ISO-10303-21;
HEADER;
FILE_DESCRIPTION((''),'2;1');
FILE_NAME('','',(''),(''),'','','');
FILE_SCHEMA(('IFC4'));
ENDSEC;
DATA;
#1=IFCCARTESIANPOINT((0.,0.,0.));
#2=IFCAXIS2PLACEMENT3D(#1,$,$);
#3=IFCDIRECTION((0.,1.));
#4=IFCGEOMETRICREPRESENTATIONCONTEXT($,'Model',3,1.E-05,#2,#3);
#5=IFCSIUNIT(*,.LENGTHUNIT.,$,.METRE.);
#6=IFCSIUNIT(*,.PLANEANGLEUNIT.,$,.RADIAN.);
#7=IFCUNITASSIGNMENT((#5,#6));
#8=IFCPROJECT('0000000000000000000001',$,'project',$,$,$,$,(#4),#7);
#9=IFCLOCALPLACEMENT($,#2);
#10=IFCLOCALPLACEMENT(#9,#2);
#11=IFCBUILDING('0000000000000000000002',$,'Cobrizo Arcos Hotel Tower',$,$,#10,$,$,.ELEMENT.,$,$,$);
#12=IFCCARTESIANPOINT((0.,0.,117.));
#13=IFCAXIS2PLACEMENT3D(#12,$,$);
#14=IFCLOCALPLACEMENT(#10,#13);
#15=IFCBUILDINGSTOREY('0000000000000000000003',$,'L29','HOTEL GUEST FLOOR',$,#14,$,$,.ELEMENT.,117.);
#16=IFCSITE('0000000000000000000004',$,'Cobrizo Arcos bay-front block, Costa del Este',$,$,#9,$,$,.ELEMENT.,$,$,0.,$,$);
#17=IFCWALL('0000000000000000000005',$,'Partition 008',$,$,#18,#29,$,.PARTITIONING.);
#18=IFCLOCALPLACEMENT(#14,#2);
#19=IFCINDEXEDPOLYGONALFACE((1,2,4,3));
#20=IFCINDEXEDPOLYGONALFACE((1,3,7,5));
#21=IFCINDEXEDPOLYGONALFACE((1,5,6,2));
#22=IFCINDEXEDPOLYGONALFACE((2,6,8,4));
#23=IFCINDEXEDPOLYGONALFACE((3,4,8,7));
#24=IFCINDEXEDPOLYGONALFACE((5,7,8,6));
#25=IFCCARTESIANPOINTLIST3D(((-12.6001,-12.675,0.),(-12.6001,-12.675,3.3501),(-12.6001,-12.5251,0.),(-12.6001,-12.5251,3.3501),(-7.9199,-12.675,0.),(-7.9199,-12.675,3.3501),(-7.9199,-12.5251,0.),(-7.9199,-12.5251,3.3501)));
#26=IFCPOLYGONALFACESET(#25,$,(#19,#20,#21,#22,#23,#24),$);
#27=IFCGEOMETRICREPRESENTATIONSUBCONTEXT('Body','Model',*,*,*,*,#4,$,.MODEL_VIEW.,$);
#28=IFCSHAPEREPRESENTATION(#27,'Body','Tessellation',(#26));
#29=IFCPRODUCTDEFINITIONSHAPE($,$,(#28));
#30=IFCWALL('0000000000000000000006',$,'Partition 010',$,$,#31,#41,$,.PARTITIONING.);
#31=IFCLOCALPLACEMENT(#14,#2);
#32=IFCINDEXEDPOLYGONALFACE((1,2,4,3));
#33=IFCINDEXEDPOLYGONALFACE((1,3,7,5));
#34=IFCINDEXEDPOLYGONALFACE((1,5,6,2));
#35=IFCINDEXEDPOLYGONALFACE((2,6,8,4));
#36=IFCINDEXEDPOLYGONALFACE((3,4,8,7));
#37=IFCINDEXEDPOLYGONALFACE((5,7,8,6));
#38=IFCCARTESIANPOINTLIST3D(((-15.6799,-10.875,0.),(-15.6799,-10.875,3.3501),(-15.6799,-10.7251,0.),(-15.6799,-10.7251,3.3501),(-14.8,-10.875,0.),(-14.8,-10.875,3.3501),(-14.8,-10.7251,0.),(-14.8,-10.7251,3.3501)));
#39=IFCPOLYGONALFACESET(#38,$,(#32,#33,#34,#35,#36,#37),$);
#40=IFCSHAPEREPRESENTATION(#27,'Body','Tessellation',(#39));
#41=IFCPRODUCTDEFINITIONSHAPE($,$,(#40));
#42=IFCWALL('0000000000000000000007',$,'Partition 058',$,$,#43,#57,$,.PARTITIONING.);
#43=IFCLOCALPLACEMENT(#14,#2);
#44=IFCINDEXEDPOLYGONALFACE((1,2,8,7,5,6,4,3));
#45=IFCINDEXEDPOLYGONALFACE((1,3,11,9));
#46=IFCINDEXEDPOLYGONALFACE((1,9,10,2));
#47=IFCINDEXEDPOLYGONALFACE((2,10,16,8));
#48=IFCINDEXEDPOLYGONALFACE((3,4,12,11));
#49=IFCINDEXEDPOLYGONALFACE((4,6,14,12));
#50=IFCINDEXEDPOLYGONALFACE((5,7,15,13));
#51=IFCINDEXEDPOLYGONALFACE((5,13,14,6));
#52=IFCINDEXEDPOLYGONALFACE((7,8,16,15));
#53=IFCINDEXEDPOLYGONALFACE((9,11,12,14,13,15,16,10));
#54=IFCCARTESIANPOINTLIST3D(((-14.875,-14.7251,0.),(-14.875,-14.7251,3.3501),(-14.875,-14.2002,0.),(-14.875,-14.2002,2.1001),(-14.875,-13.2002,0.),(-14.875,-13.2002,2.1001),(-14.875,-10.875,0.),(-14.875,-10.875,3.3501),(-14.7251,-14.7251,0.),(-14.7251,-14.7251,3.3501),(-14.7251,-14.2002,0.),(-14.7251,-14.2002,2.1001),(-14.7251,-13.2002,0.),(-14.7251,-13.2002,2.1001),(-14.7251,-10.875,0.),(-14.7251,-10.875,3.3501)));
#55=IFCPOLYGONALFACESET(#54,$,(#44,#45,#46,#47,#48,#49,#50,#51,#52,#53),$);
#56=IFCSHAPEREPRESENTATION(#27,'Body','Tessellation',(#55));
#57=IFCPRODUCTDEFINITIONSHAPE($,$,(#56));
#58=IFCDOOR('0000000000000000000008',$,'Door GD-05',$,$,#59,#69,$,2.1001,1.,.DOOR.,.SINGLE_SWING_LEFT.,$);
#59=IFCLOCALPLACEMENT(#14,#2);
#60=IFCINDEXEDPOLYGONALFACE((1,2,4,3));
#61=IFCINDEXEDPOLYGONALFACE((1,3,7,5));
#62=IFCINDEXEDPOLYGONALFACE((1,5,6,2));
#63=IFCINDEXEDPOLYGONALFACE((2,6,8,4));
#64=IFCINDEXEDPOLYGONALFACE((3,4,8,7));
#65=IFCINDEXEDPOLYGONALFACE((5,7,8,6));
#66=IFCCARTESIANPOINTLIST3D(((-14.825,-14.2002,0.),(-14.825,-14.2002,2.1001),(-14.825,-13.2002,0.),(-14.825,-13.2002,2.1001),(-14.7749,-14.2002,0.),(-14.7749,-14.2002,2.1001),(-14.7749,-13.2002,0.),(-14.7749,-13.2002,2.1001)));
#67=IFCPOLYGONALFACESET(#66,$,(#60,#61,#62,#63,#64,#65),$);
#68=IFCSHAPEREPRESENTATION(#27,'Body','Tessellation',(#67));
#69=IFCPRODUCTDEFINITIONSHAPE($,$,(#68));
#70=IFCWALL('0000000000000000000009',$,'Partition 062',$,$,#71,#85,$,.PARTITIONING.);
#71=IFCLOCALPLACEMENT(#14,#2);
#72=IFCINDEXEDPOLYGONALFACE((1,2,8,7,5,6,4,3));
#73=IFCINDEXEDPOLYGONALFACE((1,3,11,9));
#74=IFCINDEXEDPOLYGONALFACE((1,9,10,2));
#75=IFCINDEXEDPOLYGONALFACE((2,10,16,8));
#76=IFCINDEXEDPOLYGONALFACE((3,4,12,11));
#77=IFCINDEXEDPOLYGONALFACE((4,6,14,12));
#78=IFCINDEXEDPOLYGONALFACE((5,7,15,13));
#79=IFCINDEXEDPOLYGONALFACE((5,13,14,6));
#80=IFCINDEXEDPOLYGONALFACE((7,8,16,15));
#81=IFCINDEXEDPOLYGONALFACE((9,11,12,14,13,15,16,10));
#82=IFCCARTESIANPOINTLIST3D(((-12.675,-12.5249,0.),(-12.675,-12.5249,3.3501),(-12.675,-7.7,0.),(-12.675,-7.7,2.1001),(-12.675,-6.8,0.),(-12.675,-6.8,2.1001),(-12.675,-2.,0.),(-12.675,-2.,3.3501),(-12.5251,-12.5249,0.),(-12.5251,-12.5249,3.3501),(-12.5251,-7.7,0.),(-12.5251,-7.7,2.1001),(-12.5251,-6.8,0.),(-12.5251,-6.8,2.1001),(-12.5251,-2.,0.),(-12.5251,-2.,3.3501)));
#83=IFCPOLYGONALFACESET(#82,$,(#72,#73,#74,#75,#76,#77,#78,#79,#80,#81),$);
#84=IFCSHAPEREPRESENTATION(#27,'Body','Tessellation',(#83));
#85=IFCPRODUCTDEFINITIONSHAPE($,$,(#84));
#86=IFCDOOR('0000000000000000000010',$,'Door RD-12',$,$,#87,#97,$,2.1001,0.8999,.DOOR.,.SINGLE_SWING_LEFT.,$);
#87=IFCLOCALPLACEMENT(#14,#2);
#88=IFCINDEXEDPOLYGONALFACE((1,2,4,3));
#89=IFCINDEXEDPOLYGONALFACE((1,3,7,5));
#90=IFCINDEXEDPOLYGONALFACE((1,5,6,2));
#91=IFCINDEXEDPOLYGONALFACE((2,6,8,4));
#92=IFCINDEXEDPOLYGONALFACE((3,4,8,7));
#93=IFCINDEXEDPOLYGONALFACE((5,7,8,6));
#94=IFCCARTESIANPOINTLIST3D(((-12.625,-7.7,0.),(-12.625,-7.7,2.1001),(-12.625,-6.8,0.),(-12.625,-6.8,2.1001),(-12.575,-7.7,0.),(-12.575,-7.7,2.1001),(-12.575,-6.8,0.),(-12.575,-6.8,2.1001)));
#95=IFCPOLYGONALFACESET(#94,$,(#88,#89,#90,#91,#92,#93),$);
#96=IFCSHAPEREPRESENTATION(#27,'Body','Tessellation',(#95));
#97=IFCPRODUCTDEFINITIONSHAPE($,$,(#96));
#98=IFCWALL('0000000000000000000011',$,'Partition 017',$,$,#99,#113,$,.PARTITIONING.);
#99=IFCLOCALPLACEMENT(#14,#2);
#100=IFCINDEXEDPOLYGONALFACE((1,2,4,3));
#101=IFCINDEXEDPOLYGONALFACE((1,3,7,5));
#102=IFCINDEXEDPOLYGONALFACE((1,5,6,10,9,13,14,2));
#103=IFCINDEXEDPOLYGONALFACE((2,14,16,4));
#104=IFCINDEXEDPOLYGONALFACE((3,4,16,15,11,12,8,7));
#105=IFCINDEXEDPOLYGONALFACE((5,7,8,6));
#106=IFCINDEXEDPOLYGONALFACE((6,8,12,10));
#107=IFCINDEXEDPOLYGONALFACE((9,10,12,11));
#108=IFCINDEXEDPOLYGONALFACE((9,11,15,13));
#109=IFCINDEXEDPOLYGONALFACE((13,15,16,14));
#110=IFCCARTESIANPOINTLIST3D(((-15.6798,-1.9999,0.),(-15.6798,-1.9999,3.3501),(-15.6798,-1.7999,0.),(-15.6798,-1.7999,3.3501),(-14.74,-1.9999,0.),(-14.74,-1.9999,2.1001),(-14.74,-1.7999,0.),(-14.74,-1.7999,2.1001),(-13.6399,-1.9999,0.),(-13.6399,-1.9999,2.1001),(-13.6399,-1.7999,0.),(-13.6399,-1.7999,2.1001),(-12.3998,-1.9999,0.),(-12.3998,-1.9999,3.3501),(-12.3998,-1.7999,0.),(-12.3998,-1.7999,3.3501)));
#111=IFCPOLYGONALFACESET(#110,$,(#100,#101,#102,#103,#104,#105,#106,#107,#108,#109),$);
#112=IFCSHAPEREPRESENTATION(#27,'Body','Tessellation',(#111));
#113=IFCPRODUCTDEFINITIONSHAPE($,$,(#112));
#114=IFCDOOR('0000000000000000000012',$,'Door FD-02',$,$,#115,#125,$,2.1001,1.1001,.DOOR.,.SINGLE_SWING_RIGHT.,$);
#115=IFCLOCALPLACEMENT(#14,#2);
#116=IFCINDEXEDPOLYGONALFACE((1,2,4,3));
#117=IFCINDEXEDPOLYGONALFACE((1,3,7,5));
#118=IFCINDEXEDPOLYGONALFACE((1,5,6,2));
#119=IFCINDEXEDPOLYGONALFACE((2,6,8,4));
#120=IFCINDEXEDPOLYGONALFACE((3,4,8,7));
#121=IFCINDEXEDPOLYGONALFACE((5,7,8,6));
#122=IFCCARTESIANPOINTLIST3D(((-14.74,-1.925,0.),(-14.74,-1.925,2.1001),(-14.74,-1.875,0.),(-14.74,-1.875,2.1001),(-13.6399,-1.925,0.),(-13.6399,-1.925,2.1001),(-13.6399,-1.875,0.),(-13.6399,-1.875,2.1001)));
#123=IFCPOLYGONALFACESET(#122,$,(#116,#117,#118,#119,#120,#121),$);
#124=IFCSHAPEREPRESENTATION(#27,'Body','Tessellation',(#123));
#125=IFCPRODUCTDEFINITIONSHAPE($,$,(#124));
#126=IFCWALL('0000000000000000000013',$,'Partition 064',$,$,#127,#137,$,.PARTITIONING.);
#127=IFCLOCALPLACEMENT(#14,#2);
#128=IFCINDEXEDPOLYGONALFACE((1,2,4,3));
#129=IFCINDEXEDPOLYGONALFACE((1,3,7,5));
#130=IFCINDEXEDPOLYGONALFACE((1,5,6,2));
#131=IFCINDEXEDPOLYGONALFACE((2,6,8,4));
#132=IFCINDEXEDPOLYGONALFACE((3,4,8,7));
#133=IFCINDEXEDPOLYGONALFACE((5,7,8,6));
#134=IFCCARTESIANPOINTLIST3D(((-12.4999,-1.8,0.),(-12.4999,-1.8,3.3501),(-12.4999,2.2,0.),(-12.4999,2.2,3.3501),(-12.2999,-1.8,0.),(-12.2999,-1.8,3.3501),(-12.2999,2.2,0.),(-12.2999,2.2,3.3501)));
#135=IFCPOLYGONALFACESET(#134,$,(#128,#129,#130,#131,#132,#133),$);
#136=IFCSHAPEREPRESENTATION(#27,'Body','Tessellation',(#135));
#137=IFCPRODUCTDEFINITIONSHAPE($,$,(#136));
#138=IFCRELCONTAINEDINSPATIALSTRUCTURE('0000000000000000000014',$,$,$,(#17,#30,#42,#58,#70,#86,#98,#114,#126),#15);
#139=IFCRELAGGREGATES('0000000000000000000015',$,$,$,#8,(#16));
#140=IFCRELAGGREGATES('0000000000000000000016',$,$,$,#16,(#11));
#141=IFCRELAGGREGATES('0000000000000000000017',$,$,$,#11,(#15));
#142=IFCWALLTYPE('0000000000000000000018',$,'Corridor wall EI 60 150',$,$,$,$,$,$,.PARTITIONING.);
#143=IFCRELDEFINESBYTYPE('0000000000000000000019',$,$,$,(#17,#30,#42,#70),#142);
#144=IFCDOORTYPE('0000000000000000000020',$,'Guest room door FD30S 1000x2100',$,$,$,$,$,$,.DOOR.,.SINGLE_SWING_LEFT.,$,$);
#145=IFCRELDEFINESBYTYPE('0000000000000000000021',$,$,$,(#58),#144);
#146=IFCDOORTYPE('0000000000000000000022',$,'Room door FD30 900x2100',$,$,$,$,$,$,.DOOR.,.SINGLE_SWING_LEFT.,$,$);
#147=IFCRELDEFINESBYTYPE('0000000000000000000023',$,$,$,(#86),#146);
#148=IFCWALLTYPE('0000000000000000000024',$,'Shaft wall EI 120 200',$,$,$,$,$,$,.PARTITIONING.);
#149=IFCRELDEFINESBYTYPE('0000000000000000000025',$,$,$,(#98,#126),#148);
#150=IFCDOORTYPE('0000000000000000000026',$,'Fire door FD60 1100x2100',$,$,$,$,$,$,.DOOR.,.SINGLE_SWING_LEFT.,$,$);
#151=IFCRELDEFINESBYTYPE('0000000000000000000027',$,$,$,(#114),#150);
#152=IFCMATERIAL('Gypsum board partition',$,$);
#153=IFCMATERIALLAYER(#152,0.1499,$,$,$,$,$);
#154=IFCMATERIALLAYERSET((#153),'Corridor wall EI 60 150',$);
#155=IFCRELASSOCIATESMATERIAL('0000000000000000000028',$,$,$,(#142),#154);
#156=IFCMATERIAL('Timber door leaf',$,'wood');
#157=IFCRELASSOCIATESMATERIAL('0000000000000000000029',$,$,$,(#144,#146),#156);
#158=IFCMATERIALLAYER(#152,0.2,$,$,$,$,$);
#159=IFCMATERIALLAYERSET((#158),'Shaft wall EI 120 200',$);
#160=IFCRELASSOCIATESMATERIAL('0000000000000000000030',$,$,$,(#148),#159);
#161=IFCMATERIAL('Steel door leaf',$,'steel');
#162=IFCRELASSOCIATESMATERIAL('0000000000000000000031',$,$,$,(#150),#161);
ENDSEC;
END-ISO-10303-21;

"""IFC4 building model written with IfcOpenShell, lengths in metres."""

from ifc_helpers import new_model, si_unit, direction, frame, frame_2d, origin, place, context, subcontext, project, spatial, rectangle, extrude, material, layer, layer_set, type_object, element, fill, save


model = new_model("IFC4")

# Units and contexts
model_context = context("Model", 3, precision=1e-05, world=origin(), true_north=direction((0.0, 1.0)))
body_context = subcontext(model_context, "Body", "Model", "MODEL_VIEW")
ifc_project = project(units=[si_unit("LENGTHUNIT", "METRE"), si_unit("PLANEANGLEUNIT", "RADIAN")], contexts=[model_context])

# Site, building, storey
site_placement = place(None, origin())
site = spatial("IfcSite", under=ifc_project, at=site_placement, Name="Cobrizo Arcos bay-front block, Costa del Este", CompositionType="ELEMENT", RefElevation=0.0)
building_placement = place(site_placement, origin())
building = spatial("IfcBuilding", under=site, at=building_placement, Name="Cobrizo Arcos Hotel Tower", CompositionType="ELEMENT")
storey_placement = place(building_placement, frame((0.0, 0.0, 117.0)))
storey = spatial("IfcBuildingStorey", under=building, at=storey_placement, Name="L29", Description="HOTEL GUEST FLOOR", CompositionType="ELEMENT", Elevation=117.0)

# Shared definitions
ifc_material_1 = material(Name="Gypsum board partition")
ifc_layer_1 = layer(ifc_material_1, 0.1499)
ifc_layer_set_1 = layer_set([ifc_layer_1], Name="Corridor wall EI 60 150")
wall_type_1 = type_object("IfcWallType", Name="Corridor wall EI 60 150", PredefinedType="PARTITIONING", material=ifc_layer_set_1)
ifc_material_2 = material(Name="Timber door leaf", Category="wood")
door_type_1 = type_object("IfcDoorType", Name="Guest room door FD30S 1000x2100", OperationType="SINGLE_SWING_LEFT", PredefinedType="DOOR", material=ifc_material_2)

# Walls
wall_1_placement = place(storey_placement, frame((-12.6001, -12.6001, 0.0), z_axis=(0.0, 0.0, 1.0), x_axis=(1.0, 0.0, 0.0)))
element("IfcWall", 1, at=wall_1_placement, inside=storey, type_object=wall_type_1, Name="Partition 008", PredefinedType="PARTITIONING", context=body_context, shape_type="SweptSolid", body=[
    extrude(rectangle(XDim=4.6802, YDim=0.1499, at=frame_2d((2.3401, 0.0))), origin(), (0.0, 0.0, 1.0), 3.3501),
])
wall_2_placement = place(storey_placement, frame((-15.6799, -10.8, 0.0), z_axis=(0.0, 0.0, 1.0), x_axis=(1.0, 0.0, 0.0)))
element("IfcWall", 2, at=wall_2_placement, inside=storey, type_object=wall_type_1, Name="Partition 010", PredefinedType="PARTITIONING", context=body_context, shape_type="SweptSolid", body=[
    extrude(rectangle(XDim=0.8799, YDim=0.1499, at=frame_2d((0.4399, 0.0))), origin(), (0.0, 0.0, 1.0), 3.3501),
])

# Walls, openings, doors
wall_3_placement = place(storey_placement, frame((-14.8, -14.7251, 0.0), z_axis=(0.0, 0.0, 1.0), x_axis=(0.0, 1.0, 0.0)))
wall_3 = element("IfcWall", 3, at=wall_3_placement, inside=storey, type_object=wall_type_1, Name="Partition 058", PredefinedType="PARTITIONING", context=body_context, shape_type="SweptSolid", body=[
    extrude(rectangle(XDim=3.8501, YDim=0.1499, at=frame_2d((1.925, 0.0))), origin(), (0.0, 0.0, 1.0), 3.3501),
])
opening_1_placement = place(wall_3_placement, frame((0.5249, 0.0, 0.0)))
opening_1 = element("IfcOpeningElement", 4, at=opening_1_placement, cuts=wall_3, PredefinedType="OPENING", context=body_context, shape_type="SweptSolid", body=[
    extrude(rectangle(XDim=1.0, YDim=2.1001, at=frame_2d((0.5, 1.05))), frame((0.0, 0.0869, 0.0), z_axis=(0.0, -1.0, 0.0), x_axis=(1.0, 0.0, 0.0)), (0.0, 0.0, 1.0), 0.1738),
])
door_1_placement = place(opening_1_placement, origin())
door_1 = element("IfcDoor", 5, at=door_1_placement, inside=storey, type_object=door_type_1, Name="Door GD-05", OperationType="SINGLE_SWING_LEFT", OverallHeight=2.1001, OverallWidth=1.0, PredefinedType="DOOR", context=body_context, shape_type="SweptSolid", body=[
    extrude(rectangle(XDim=1.0, YDim=2.1001, at=frame_2d((0.5, 1.05))), frame((0.0, 0.0249, 0.0), z_axis=(0.0, -1.0, 0.0), x_axis=(1.0, 0.0, 0.0)), (0.0, 0.0, 1.0), 0.05),
])
fill(opening_1, door_1)
wall_4_placement = place(storey_placement, frame((-12.6001, -12.5249, 0.0), z_axis=(0.0, 0.0, 1.0), x_axis=(0.0, 1.0, 0.0)))
wall_4 = element("IfcWall", 6, at=wall_4_placement, inside=storey, type_object=wall_type_1, Name="Partition 062", PredefinedType="PARTITIONING", context=body_context, shape_type="SweptSolid", body=[
    extrude(rectangle(XDim=10.5249, YDim=0.1499, at=frame_2d((5.2625, 0.0))), origin(), (0.0, 0.0, 1.0), 3.3501),
])
opening_2_placement = place(wall_4_placement, frame((4.825, 0.0, 0.0)))
opening_2 = element("IfcOpeningElement", 7, at=opening_2_placement, cuts=wall_4, PredefinedType="OPENING", context=body_context, shape_type="SweptSolid", body=[
    extrude(rectangle(XDim=0.8999, YDim=2.1001, at=frame_2d((0.45, 1.05))), frame((0.0, 0.0869, 0.0), z_axis=(0.0, -1.0, 0.0), x_axis=(1.0, 0.0, 0.0)), (0.0, 0.0, 1.0), 0.1738),
])
door_type_2 = type_object("IfcDoorType", Name="Room door FD30 900x2100", OperationType="SINGLE_SWING_LEFT", PredefinedType="DOOR", material=ifc_material_2)
door_2_placement = place(opening_2_placement, origin())
door_2 = element("IfcDoor", 8, at=door_2_placement, inside=storey, type_object=door_type_2, Name="Door RD-12", OperationType="SINGLE_SWING_LEFT", OverallHeight=2.1001, OverallWidth=0.8999, PredefinedType="DOOR", context=body_context, shape_type="SweptSolid", body=[
    extrude(rectangle(XDim=0.8999, YDim=2.1001, at=frame_2d((0.45, 1.05))), frame((0.0, 0.0249, 0.0), z_axis=(0.0, -1.0, 0.0), x_axis=(1.0, 0.0, 0.0)), (0.0, 0.0, 1.0), 0.05),
])
fill(opening_2, door_2)
ifc_layer_2 = layer(ifc_material_1, 0.2)
ifc_layer_set_2 = layer_set([ifc_layer_2], Name="Shaft wall EI 120 200")
wall_type_2 = type_object("IfcWallType", Name="Shaft wall EI 120 200", PredefinedType="PARTITIONING", material=ifc_layer_set_2)
wall_5_placement = place(storey_placement, frame((-15.6799, -1.8999, 0.0), z_axis=(0.0, 0.0, 1.0), x_axis=(1.0, 0.0, 0.0)))
wall_5 = element("IfcWall", 9, at=wall_5_placement, inside=storey, type_object=wall_type_2, Name="Partition 017", PredefinedType="PARTITIONING", context=body_context, shape_type="SweptSolid", body=[
    extrude(rectangle(XDim=3.28, YDim=0.2, at=frame_2d((1.6401, 0.0))), origin(), (0.0, 0.0, 1.0), 3.3501),
])
opening_3_placement = place(wall_5_placement, frame((0.9399, 0.0, 0.0)))
opening_3 = element("IfcOpeningElement", 10, at=opening_3_placement, cuts=wall_5, PredefinedType="OPENING", context=body_context, shape_type="SweptSolid", body=[
    extrude(rectangle(XDim=1.1001, YDim=2.1001, at=frame_2d((0.55, 1.05))), frame((0.0, 0.1121, 0.0), z_axis=(0.0, -1.0, 0.0), x_axis=(1.0, 0.0, 0.0)), (0.0, 0.0, 1.0), 0.2239),
])
ifc_material_3 = material(Name="Steel door leaf", Category="steel")
door_type_3 = type_object("IfcDoorType", Name="Fire door FD60 1100x2100", OperationType="SINGLE_SWING_LEFT", PredefinedType="DOOR", material=ifc_material_3)
door_3_placement = place(opening_3_placement, origin())
door_3 = element("IfcDoor", 11, at=door_3_placement, inside=storey, type_object=door_type_3, Name="Door FD-02", OperationType="SINGLE_SWING_RIGHT", OverallHeight=2.1001, OverallWidth=1.1001, PredefinedType="DOOR", context=body_context, shape_type="SweptSolid", body=[
    extrude(rectangle(XDim=1.1001, YDim=2.1001, at=frame_2d((0.55, 1.05))), frame((0.0, 0.0249, 0.0), z_axis=(0.0, -1.0, 0.0), x_axis=(1.0, 0.0, 0.0)), (0.0, 0.0, 1.0), 0.05),
])
fill(opening_3, door_3)

# Wall
wall_6_placement = place(storey_placement, frame((-12.3999, -1.8, 0.0), z_axis=(0.0, 0.0, 1.0), x_axis=(0.0, 1.0, 0.0)))
element("IfcWall", 12, at=wall_6_placement, inside=storey, type_object=wall_type_2, Name="Partition 064", PredefinedType="PARTITIONING", context=body_context, shape_type="SweptSolid", body=[
    extrude(rectangle(XDim=4.0, YDim=0.2, at=frame_2d((2.0, 0.0))), origin(), (0.0, 0.0, 1.0), 3.3501),
])

save(model, "model.ifc")
